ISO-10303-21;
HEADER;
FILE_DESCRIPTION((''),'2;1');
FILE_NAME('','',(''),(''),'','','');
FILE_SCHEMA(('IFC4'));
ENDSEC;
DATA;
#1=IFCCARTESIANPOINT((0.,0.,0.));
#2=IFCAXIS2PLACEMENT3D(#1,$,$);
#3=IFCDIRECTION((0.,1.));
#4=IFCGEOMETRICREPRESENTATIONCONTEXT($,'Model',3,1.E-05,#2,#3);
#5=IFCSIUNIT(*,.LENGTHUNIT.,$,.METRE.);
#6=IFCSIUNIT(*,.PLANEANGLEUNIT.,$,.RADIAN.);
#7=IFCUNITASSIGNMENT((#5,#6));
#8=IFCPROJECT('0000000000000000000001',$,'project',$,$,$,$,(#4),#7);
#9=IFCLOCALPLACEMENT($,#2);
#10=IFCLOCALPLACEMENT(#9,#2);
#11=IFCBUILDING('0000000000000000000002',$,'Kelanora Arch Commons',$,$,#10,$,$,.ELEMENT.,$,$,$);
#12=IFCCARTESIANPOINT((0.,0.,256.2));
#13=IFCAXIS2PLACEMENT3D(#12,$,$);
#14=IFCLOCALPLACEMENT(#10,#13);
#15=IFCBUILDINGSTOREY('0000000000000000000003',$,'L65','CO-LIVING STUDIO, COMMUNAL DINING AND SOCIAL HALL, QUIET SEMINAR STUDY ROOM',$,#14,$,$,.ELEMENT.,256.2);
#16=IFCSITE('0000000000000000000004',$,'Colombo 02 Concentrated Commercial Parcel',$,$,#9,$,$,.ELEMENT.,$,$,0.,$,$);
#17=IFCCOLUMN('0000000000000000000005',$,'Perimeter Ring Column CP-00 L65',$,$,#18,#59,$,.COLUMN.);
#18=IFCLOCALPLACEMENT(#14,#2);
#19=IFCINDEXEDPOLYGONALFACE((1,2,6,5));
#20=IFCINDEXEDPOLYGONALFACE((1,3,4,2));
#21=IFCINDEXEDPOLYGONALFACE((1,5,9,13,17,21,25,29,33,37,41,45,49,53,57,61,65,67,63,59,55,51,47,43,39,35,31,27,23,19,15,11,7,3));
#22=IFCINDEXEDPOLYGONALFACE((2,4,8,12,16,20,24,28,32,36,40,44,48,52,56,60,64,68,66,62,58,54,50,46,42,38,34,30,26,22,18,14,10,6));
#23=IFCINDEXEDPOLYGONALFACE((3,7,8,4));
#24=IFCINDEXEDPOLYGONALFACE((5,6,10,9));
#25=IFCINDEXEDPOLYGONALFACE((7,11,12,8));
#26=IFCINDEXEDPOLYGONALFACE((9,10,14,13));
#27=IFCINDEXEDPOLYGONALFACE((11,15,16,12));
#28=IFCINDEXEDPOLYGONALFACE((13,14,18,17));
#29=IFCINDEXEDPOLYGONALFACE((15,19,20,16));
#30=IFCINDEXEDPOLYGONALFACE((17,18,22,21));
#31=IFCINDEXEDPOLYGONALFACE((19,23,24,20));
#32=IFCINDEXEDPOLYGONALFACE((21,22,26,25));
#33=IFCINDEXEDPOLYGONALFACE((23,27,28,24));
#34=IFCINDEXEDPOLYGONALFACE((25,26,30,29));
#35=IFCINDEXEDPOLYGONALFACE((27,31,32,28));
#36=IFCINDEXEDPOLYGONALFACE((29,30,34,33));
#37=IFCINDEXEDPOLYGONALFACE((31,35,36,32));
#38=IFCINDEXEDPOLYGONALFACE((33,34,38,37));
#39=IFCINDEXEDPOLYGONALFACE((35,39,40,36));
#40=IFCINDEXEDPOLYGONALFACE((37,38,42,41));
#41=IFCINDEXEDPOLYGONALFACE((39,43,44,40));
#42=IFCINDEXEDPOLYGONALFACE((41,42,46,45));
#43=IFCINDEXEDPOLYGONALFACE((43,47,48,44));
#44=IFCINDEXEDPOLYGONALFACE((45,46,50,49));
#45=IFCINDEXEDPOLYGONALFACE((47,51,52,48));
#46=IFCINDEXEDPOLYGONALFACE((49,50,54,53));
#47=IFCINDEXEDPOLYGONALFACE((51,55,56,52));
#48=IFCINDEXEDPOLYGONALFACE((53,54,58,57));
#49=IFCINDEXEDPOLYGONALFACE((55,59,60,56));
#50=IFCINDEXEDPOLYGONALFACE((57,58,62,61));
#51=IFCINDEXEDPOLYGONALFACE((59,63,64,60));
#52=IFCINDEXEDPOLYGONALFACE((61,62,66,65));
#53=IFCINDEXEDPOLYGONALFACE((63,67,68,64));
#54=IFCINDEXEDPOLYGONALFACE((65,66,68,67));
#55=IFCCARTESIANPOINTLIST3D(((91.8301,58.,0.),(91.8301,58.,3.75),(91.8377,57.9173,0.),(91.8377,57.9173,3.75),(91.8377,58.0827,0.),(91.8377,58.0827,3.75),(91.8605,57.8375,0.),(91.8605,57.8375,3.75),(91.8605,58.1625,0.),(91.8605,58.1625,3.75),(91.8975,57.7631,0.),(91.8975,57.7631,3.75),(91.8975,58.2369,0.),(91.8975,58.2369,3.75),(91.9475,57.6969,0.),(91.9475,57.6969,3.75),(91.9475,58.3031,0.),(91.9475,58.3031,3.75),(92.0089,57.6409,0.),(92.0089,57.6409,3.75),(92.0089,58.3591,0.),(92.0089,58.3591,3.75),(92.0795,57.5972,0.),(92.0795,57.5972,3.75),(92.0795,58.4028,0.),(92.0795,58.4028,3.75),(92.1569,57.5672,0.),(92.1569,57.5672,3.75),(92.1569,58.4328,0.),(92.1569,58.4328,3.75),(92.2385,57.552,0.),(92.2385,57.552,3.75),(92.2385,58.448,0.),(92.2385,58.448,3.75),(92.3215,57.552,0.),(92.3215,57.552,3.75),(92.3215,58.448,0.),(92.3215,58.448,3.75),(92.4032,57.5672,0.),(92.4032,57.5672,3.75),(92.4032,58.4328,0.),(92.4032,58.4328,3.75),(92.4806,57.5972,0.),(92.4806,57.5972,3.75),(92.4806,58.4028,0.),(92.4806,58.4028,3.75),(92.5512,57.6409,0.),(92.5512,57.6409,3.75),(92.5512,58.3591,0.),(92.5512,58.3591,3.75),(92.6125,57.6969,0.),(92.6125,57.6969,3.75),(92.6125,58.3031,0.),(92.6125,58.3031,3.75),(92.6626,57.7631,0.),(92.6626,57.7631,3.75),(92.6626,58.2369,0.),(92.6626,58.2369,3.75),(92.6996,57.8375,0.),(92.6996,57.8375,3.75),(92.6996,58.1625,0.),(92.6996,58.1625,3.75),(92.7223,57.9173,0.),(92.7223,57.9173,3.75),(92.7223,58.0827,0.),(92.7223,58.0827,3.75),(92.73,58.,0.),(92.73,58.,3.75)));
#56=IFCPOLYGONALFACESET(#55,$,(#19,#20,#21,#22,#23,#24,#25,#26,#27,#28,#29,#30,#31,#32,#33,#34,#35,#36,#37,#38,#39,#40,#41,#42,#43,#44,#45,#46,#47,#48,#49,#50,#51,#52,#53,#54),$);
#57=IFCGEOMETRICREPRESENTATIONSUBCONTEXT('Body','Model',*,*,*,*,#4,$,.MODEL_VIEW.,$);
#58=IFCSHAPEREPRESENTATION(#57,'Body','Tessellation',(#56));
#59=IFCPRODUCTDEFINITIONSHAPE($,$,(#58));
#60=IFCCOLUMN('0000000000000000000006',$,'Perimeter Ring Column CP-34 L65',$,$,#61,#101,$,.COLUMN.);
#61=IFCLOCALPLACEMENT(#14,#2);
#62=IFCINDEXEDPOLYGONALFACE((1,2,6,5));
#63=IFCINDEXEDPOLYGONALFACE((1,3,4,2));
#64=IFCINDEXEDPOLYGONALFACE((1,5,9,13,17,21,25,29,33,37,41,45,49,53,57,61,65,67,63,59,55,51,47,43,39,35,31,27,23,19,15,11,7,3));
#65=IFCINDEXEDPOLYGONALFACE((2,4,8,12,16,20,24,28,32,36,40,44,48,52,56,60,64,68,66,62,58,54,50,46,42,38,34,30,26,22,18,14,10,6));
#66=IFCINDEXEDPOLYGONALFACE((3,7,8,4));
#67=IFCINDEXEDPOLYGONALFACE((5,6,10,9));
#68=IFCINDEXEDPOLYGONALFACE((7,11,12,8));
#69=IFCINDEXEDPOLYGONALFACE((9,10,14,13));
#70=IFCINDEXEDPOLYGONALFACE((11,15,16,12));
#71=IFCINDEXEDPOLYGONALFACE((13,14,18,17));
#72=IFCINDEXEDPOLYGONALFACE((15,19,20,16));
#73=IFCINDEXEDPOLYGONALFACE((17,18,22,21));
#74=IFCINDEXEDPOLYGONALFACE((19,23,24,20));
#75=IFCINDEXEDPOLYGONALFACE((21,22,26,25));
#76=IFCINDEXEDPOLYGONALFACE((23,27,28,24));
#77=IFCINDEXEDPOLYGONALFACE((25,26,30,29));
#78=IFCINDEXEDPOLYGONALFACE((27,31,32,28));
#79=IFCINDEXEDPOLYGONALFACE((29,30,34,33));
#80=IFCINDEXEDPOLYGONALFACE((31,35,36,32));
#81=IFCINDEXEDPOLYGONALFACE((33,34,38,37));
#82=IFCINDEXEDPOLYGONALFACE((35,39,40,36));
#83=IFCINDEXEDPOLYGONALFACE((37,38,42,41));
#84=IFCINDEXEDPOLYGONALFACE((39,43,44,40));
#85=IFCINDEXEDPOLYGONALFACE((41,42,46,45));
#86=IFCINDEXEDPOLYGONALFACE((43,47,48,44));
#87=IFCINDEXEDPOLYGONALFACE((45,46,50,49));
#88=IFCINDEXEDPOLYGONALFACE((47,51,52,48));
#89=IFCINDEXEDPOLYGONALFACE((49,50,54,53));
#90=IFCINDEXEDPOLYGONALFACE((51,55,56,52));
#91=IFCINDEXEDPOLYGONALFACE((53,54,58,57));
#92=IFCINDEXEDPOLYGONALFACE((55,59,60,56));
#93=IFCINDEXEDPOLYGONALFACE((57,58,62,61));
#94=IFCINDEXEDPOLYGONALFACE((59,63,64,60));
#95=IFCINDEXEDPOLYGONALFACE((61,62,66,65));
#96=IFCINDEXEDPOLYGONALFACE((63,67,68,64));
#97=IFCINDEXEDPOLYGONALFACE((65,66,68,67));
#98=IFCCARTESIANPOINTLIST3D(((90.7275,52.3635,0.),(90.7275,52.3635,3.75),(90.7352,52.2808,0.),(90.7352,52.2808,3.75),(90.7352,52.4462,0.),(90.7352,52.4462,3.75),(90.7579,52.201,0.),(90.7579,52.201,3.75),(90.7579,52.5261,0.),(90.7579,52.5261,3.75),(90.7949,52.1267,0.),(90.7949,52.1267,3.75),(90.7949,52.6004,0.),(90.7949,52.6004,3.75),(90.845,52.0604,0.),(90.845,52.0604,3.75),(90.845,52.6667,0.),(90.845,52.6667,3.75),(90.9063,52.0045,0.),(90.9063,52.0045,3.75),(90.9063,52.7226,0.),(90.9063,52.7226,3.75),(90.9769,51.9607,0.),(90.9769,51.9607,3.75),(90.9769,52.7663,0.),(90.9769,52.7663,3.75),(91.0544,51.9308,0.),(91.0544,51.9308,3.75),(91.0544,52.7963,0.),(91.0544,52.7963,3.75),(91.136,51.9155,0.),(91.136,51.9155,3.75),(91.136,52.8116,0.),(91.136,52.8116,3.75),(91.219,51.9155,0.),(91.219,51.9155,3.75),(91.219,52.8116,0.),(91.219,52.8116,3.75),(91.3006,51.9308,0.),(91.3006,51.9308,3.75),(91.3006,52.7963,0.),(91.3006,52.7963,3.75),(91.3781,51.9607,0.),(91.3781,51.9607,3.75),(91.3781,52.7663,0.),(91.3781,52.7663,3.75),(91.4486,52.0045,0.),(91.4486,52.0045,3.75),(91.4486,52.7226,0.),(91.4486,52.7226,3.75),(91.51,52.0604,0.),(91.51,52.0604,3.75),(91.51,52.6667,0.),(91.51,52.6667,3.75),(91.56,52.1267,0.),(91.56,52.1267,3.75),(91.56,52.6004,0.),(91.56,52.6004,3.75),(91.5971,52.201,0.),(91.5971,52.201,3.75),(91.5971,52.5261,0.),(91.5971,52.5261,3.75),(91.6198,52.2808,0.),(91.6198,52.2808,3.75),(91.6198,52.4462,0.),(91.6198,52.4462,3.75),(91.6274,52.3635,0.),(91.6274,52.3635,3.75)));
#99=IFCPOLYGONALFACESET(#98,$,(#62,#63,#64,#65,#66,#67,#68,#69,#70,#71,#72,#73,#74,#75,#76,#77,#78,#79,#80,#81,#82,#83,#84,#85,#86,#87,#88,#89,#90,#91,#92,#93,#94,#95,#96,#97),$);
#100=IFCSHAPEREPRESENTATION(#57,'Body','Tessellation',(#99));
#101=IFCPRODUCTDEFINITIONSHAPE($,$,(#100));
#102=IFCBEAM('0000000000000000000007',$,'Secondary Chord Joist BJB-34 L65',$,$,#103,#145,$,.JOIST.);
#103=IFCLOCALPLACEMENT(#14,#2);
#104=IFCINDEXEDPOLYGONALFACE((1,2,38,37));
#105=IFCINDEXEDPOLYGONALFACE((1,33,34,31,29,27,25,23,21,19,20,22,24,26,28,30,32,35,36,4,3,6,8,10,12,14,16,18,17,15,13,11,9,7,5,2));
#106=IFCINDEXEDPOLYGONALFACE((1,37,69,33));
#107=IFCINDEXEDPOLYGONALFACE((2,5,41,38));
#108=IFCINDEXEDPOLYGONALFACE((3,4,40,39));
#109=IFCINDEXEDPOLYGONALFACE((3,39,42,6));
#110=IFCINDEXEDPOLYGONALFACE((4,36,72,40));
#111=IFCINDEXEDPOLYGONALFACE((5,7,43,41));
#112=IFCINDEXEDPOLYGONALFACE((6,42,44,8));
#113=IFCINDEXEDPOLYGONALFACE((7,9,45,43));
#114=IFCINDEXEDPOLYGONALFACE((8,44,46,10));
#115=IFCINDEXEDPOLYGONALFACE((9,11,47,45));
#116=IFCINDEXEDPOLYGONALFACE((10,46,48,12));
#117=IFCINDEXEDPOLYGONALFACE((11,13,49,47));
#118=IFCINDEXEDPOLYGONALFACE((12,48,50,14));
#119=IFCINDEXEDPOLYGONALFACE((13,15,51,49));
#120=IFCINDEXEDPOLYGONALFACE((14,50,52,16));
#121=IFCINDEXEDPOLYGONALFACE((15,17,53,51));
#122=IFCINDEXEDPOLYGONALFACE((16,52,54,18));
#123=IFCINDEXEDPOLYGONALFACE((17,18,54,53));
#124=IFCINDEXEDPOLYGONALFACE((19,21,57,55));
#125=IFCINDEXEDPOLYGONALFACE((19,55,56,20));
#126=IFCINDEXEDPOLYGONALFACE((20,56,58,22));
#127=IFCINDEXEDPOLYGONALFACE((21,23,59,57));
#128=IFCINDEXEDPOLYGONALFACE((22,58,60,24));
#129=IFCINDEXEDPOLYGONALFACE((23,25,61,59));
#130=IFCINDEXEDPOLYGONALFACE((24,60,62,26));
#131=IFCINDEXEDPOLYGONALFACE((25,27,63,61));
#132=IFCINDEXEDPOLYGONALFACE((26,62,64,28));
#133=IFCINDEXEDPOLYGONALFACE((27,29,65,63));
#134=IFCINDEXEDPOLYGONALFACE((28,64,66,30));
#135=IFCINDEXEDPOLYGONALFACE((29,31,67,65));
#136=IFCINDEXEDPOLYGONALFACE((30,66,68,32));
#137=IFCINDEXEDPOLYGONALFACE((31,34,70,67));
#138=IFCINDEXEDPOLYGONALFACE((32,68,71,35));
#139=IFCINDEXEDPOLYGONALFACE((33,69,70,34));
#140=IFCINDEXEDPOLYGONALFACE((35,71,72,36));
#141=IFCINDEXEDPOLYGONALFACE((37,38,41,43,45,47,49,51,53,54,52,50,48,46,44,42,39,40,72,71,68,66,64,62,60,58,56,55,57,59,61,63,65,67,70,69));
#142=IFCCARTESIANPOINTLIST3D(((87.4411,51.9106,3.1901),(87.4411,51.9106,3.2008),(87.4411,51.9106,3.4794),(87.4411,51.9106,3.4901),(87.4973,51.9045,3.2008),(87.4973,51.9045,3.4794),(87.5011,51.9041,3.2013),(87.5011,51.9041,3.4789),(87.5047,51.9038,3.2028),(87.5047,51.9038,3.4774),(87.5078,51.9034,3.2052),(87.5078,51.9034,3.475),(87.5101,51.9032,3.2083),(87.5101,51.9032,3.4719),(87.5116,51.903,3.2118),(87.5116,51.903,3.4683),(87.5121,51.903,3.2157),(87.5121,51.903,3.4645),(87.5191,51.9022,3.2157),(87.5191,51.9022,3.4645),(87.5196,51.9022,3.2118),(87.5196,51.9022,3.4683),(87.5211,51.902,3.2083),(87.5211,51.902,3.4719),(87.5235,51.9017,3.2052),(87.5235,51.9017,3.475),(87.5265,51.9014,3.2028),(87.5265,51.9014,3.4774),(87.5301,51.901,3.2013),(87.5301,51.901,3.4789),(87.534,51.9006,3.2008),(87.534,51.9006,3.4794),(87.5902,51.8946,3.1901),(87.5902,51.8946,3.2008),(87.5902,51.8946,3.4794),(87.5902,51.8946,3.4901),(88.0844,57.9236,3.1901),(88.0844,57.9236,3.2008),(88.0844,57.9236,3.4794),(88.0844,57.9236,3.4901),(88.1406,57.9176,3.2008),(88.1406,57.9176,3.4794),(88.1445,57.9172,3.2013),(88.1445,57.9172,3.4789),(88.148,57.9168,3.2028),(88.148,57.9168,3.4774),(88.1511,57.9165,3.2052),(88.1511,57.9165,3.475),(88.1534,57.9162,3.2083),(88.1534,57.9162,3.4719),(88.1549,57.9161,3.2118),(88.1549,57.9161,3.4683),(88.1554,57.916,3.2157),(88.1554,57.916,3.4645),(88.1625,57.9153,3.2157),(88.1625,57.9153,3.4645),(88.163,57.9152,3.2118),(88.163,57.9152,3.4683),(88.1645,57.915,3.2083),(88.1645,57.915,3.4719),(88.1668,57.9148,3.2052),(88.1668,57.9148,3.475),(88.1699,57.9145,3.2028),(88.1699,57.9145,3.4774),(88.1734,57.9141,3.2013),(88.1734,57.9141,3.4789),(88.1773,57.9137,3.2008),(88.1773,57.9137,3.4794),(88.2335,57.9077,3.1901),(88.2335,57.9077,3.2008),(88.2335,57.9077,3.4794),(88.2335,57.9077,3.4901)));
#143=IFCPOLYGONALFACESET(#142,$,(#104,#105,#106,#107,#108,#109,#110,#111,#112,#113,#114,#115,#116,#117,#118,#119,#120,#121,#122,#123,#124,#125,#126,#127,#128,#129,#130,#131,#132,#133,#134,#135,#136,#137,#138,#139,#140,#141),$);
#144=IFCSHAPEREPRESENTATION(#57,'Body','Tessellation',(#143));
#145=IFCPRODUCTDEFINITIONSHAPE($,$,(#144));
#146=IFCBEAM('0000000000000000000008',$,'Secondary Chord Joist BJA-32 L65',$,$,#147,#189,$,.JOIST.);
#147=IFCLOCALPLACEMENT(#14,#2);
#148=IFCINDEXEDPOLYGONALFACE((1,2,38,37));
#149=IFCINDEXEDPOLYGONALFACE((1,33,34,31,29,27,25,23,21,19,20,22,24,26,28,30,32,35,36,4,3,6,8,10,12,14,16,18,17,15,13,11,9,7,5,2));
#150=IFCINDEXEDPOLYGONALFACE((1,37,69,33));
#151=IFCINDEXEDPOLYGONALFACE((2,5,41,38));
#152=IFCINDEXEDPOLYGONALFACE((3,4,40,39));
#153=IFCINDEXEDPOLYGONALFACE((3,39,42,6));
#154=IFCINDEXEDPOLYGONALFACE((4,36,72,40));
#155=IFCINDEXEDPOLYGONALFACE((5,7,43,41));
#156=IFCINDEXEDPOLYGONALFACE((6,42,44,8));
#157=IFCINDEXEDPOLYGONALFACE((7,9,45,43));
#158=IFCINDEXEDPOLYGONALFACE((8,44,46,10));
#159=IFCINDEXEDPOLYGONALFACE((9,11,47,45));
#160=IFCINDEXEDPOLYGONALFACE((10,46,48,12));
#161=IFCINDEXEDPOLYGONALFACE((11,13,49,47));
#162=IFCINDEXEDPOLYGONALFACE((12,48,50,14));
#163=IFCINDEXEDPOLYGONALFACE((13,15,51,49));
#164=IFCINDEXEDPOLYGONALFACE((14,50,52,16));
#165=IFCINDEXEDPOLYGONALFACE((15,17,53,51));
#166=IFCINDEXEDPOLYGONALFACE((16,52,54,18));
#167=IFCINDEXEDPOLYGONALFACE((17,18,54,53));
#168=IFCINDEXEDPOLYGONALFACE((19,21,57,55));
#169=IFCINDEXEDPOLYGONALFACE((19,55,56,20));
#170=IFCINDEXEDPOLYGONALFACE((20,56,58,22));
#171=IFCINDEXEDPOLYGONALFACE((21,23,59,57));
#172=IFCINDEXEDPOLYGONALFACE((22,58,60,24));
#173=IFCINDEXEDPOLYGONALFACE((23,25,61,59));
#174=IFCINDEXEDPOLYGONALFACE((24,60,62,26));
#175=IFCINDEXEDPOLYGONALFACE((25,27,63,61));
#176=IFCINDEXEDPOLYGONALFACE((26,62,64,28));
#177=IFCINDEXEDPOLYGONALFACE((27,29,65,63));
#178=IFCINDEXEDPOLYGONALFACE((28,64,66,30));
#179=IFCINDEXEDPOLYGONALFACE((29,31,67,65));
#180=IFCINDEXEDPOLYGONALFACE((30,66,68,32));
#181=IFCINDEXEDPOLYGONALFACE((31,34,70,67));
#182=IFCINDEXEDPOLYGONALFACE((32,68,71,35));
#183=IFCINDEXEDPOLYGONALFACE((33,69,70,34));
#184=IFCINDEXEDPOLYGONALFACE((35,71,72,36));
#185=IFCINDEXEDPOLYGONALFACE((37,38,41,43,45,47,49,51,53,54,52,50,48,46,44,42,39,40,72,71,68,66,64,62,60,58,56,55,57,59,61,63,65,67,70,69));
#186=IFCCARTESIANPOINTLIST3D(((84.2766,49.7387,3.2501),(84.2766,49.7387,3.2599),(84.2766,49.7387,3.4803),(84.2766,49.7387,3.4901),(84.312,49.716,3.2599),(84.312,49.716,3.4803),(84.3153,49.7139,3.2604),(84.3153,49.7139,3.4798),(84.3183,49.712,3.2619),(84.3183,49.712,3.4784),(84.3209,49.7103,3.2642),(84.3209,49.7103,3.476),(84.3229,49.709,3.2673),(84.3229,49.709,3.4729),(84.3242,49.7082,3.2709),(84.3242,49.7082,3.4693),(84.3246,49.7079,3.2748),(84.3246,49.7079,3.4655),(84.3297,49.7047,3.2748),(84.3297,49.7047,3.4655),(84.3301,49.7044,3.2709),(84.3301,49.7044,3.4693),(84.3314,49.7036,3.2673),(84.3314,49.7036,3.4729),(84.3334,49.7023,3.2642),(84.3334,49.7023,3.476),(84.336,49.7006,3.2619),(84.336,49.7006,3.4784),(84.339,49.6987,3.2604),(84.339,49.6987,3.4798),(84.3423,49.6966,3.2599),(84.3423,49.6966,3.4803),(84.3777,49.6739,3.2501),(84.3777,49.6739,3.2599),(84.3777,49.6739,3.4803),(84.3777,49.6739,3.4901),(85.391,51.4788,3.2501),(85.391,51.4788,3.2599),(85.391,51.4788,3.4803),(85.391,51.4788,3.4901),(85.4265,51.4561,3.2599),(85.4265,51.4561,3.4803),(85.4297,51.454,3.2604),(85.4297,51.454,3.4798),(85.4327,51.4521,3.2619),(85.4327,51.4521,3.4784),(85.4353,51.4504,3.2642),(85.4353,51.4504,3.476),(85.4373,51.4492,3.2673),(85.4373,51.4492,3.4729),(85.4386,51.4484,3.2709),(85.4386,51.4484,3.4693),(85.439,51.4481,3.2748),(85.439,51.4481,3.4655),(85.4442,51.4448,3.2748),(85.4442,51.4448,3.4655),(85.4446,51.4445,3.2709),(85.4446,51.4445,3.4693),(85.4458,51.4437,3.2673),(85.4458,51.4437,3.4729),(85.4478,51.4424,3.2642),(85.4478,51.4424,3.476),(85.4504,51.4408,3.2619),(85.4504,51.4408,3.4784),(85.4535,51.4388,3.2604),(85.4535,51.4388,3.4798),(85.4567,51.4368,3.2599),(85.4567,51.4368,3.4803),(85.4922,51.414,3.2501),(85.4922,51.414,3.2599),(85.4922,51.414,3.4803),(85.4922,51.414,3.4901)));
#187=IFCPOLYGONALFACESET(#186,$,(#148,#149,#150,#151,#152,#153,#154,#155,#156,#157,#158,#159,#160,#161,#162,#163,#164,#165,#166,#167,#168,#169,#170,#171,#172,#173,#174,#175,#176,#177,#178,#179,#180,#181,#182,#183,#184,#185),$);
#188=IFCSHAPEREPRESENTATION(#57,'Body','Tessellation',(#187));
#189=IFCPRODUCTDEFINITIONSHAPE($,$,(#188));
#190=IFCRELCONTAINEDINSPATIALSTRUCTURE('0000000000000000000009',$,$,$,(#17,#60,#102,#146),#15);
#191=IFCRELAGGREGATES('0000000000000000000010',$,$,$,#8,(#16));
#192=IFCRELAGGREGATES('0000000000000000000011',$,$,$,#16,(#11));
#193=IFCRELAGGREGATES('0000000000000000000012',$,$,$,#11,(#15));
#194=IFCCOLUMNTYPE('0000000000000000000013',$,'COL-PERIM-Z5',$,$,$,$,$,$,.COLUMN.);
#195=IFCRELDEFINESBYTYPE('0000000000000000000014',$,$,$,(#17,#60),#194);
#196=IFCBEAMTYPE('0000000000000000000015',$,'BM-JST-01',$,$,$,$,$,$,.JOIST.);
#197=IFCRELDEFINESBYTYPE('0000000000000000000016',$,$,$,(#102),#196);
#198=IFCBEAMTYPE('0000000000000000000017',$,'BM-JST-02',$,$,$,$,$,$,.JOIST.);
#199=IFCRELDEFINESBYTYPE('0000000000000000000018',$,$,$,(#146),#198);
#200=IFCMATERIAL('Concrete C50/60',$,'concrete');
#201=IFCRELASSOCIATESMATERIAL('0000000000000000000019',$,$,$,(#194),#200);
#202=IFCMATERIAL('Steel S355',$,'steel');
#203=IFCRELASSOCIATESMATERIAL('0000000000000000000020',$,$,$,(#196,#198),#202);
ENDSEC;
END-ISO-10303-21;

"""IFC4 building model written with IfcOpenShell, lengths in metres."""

from ifc_helpers import new_model, si_unit, direction, frame, origin, origin_2d, place, context, subcontext, project, spatial, circle, i_section, extrude, material, material_profile, profile_set, type_object, element, save


model = new_model("IFC4")

# Units and contexts
model_context = context("Model", 3, precision=1e-05, world=origin(), true_north=direction((0.0, 1.0)))
body_context = subcontext(model_context, "Body", "Model", "MODEL_VIEW")
ifc_project = project(units=[si_unit("LENGTHUNIT", "METRE"), si_unit("PLANEANGLEUNIT", "RADIAN")], contexts=[model_context])

# Site, building, storey
site_placement = place(None, origin())
site = spatial("IfcSite", under=ifc_project, at=site_placement, Name="Colombo 02 Concentrated Commercial Parcel", CompositionType="ELEMENT", RefElevation=0.0)
building_placement = place(site_placement, origin())
building = spatial("IfcBuilding", under=site, at=building_placement, Name="Kelanora Arch Commons", CompositionType="ELEMENT")
storey_placement = place(building_placement, frame((0.0, 0.0, 256.2)))
storey = spatial("IfcBuildingStorey", under=building, at=storey_placement, Name="L65", Description="CO-LIVING STUDIO, COMMUNAL DINING AND SOCIAL HALL, QUIET SEMINAR STUDY ROOM", CompositionType="ELEMENT", Elevation=256.2)

# Columns
ifc_material_1 = material(Name="Concrete C50/60", Category="concrete")
ifc_material_profile_1 = material_profile(ifc_material_1, circle(Radius=0.45, at=origin_2d()), Name="RCC900")
ifc_profile_set_1 = profile_set([ifc_material_profile_1], Name="Concrete C50/60")
column_type = type_object("IfcColumnType", Name="COL-PERIM-Z5", PredefinedType="COLUMN", material=ifc_profile_set_1)
for number, where, z_axis, x_axis, name in (
    (1, (92.28, 58.0, 0.0), (0.0, 0.0, 1.0), (1.0, 0.0, 0.0), "Perimeter Ring Column CP-00 L65"),
    (2, (91.1775, 52.3635, 0.0), (0.0, 0.0, 1.0), (1.0, 0.0, 0.0), "Perimeter Ring Column CP-34 L65"),
):
    element("IfcColumn", number, at=place(storey_placement, frame(where, z_axis=z_axis, x_axis=x_axis)), inside=storey, type_object=column_type, Name=name, PredefinedType="COLUMN", context=body_context, shape_type="SweptSolid", body=[
        extrude(circle(Radius=0.45, at=origin_2d()), origin(), (0.0, 0.0, 1.0), 3.75),
    ])

# Beams
ifc_material_2 = material(Name="Steel S355", Category="steel")
ifc_material_profile_2 = material_profile(ifc_material_2, i_section(OverallWidth=0.1499, OverallDepth=0.3, WebThickness=0.0071, FlangeThickness=0.0107, FilletRadius=0.0149, at=origin_2d()), Name="IPE300")
ifc_profile_set_2 = profile_set([ifc_material_profile_2], Name="Steel S355")
beam_type_1 = type_object("IfcBeamType", Name="BM-JST-01", PredefinedType="JOIST", material=ifc_profile_set_2)
beam_1_placement = place(storey_placement, frame((87.5156, 51.9026, 3.3401), z_axis=(0.106381, 0.994325, 0.0), x_axis=(-0.994325, 0.106381, 0.0)))
element("IfcBeam", 3, at=beam_1_placement, inside=storey, type_object=beam_type_1, Name="Secondary Chord Joist BJB-34 L65", PredefinedType="JOIST", context=body_context, shape_type="SweptSolid", body=[
    extrude(i_section(OverallWidth=0.1499, OverallDepth=0.3, WebThickness=0.0071, FlangeThickness=0.0107, FilletRadius=0.0149, at=origin_2d()), origin(), (0.0, 0.0, 1.0), 6.0474),
])
ifc_material_profile_3 = material_profile(ifc_material_2, i_section(OverallWidth=0.1201, OverallDepth=0.24, WebThickness=0.0061, FlangeThickness=0.0098, FilletRadius=0.0149, at=origin_2d()), Name="IPE240")
ifc_profile_set_3 = profile_set([ifc_material_profile_3], Name="Steel S355")
beam_type_2 = type_object("IfcBeamType", Name="BM-JST-02", PredefinedType="JOIST", material=ifc_profile_set_3)
beam_2_placement = place(storey_placement, frame((84.3271, 49.7063, 3.3701), z_axis=(0.539312, 0.842106, 0.0), x_axis=(-0.842106, 0.539312, 0.0)))
element("IfcBeam", 4, at=beam_2_placement, inside=storey, type_object=beam_type_2, Name="Secondary Chord Joist BJA-32 L65", PredefinedType="JOIST", context=body_context, shape_type="SweptSolid", body=[
    extrude(i_section(OverallWidth=0.1201, OverallDepth=0.24, WebThickness=0.0061, FlangeThickness=0.0098, FilletRadius=0.0149, at=origin_2d()), origin(), (0.0, 0.0, 1.0), 2.0664),
])

save(model, "model.ifc")
